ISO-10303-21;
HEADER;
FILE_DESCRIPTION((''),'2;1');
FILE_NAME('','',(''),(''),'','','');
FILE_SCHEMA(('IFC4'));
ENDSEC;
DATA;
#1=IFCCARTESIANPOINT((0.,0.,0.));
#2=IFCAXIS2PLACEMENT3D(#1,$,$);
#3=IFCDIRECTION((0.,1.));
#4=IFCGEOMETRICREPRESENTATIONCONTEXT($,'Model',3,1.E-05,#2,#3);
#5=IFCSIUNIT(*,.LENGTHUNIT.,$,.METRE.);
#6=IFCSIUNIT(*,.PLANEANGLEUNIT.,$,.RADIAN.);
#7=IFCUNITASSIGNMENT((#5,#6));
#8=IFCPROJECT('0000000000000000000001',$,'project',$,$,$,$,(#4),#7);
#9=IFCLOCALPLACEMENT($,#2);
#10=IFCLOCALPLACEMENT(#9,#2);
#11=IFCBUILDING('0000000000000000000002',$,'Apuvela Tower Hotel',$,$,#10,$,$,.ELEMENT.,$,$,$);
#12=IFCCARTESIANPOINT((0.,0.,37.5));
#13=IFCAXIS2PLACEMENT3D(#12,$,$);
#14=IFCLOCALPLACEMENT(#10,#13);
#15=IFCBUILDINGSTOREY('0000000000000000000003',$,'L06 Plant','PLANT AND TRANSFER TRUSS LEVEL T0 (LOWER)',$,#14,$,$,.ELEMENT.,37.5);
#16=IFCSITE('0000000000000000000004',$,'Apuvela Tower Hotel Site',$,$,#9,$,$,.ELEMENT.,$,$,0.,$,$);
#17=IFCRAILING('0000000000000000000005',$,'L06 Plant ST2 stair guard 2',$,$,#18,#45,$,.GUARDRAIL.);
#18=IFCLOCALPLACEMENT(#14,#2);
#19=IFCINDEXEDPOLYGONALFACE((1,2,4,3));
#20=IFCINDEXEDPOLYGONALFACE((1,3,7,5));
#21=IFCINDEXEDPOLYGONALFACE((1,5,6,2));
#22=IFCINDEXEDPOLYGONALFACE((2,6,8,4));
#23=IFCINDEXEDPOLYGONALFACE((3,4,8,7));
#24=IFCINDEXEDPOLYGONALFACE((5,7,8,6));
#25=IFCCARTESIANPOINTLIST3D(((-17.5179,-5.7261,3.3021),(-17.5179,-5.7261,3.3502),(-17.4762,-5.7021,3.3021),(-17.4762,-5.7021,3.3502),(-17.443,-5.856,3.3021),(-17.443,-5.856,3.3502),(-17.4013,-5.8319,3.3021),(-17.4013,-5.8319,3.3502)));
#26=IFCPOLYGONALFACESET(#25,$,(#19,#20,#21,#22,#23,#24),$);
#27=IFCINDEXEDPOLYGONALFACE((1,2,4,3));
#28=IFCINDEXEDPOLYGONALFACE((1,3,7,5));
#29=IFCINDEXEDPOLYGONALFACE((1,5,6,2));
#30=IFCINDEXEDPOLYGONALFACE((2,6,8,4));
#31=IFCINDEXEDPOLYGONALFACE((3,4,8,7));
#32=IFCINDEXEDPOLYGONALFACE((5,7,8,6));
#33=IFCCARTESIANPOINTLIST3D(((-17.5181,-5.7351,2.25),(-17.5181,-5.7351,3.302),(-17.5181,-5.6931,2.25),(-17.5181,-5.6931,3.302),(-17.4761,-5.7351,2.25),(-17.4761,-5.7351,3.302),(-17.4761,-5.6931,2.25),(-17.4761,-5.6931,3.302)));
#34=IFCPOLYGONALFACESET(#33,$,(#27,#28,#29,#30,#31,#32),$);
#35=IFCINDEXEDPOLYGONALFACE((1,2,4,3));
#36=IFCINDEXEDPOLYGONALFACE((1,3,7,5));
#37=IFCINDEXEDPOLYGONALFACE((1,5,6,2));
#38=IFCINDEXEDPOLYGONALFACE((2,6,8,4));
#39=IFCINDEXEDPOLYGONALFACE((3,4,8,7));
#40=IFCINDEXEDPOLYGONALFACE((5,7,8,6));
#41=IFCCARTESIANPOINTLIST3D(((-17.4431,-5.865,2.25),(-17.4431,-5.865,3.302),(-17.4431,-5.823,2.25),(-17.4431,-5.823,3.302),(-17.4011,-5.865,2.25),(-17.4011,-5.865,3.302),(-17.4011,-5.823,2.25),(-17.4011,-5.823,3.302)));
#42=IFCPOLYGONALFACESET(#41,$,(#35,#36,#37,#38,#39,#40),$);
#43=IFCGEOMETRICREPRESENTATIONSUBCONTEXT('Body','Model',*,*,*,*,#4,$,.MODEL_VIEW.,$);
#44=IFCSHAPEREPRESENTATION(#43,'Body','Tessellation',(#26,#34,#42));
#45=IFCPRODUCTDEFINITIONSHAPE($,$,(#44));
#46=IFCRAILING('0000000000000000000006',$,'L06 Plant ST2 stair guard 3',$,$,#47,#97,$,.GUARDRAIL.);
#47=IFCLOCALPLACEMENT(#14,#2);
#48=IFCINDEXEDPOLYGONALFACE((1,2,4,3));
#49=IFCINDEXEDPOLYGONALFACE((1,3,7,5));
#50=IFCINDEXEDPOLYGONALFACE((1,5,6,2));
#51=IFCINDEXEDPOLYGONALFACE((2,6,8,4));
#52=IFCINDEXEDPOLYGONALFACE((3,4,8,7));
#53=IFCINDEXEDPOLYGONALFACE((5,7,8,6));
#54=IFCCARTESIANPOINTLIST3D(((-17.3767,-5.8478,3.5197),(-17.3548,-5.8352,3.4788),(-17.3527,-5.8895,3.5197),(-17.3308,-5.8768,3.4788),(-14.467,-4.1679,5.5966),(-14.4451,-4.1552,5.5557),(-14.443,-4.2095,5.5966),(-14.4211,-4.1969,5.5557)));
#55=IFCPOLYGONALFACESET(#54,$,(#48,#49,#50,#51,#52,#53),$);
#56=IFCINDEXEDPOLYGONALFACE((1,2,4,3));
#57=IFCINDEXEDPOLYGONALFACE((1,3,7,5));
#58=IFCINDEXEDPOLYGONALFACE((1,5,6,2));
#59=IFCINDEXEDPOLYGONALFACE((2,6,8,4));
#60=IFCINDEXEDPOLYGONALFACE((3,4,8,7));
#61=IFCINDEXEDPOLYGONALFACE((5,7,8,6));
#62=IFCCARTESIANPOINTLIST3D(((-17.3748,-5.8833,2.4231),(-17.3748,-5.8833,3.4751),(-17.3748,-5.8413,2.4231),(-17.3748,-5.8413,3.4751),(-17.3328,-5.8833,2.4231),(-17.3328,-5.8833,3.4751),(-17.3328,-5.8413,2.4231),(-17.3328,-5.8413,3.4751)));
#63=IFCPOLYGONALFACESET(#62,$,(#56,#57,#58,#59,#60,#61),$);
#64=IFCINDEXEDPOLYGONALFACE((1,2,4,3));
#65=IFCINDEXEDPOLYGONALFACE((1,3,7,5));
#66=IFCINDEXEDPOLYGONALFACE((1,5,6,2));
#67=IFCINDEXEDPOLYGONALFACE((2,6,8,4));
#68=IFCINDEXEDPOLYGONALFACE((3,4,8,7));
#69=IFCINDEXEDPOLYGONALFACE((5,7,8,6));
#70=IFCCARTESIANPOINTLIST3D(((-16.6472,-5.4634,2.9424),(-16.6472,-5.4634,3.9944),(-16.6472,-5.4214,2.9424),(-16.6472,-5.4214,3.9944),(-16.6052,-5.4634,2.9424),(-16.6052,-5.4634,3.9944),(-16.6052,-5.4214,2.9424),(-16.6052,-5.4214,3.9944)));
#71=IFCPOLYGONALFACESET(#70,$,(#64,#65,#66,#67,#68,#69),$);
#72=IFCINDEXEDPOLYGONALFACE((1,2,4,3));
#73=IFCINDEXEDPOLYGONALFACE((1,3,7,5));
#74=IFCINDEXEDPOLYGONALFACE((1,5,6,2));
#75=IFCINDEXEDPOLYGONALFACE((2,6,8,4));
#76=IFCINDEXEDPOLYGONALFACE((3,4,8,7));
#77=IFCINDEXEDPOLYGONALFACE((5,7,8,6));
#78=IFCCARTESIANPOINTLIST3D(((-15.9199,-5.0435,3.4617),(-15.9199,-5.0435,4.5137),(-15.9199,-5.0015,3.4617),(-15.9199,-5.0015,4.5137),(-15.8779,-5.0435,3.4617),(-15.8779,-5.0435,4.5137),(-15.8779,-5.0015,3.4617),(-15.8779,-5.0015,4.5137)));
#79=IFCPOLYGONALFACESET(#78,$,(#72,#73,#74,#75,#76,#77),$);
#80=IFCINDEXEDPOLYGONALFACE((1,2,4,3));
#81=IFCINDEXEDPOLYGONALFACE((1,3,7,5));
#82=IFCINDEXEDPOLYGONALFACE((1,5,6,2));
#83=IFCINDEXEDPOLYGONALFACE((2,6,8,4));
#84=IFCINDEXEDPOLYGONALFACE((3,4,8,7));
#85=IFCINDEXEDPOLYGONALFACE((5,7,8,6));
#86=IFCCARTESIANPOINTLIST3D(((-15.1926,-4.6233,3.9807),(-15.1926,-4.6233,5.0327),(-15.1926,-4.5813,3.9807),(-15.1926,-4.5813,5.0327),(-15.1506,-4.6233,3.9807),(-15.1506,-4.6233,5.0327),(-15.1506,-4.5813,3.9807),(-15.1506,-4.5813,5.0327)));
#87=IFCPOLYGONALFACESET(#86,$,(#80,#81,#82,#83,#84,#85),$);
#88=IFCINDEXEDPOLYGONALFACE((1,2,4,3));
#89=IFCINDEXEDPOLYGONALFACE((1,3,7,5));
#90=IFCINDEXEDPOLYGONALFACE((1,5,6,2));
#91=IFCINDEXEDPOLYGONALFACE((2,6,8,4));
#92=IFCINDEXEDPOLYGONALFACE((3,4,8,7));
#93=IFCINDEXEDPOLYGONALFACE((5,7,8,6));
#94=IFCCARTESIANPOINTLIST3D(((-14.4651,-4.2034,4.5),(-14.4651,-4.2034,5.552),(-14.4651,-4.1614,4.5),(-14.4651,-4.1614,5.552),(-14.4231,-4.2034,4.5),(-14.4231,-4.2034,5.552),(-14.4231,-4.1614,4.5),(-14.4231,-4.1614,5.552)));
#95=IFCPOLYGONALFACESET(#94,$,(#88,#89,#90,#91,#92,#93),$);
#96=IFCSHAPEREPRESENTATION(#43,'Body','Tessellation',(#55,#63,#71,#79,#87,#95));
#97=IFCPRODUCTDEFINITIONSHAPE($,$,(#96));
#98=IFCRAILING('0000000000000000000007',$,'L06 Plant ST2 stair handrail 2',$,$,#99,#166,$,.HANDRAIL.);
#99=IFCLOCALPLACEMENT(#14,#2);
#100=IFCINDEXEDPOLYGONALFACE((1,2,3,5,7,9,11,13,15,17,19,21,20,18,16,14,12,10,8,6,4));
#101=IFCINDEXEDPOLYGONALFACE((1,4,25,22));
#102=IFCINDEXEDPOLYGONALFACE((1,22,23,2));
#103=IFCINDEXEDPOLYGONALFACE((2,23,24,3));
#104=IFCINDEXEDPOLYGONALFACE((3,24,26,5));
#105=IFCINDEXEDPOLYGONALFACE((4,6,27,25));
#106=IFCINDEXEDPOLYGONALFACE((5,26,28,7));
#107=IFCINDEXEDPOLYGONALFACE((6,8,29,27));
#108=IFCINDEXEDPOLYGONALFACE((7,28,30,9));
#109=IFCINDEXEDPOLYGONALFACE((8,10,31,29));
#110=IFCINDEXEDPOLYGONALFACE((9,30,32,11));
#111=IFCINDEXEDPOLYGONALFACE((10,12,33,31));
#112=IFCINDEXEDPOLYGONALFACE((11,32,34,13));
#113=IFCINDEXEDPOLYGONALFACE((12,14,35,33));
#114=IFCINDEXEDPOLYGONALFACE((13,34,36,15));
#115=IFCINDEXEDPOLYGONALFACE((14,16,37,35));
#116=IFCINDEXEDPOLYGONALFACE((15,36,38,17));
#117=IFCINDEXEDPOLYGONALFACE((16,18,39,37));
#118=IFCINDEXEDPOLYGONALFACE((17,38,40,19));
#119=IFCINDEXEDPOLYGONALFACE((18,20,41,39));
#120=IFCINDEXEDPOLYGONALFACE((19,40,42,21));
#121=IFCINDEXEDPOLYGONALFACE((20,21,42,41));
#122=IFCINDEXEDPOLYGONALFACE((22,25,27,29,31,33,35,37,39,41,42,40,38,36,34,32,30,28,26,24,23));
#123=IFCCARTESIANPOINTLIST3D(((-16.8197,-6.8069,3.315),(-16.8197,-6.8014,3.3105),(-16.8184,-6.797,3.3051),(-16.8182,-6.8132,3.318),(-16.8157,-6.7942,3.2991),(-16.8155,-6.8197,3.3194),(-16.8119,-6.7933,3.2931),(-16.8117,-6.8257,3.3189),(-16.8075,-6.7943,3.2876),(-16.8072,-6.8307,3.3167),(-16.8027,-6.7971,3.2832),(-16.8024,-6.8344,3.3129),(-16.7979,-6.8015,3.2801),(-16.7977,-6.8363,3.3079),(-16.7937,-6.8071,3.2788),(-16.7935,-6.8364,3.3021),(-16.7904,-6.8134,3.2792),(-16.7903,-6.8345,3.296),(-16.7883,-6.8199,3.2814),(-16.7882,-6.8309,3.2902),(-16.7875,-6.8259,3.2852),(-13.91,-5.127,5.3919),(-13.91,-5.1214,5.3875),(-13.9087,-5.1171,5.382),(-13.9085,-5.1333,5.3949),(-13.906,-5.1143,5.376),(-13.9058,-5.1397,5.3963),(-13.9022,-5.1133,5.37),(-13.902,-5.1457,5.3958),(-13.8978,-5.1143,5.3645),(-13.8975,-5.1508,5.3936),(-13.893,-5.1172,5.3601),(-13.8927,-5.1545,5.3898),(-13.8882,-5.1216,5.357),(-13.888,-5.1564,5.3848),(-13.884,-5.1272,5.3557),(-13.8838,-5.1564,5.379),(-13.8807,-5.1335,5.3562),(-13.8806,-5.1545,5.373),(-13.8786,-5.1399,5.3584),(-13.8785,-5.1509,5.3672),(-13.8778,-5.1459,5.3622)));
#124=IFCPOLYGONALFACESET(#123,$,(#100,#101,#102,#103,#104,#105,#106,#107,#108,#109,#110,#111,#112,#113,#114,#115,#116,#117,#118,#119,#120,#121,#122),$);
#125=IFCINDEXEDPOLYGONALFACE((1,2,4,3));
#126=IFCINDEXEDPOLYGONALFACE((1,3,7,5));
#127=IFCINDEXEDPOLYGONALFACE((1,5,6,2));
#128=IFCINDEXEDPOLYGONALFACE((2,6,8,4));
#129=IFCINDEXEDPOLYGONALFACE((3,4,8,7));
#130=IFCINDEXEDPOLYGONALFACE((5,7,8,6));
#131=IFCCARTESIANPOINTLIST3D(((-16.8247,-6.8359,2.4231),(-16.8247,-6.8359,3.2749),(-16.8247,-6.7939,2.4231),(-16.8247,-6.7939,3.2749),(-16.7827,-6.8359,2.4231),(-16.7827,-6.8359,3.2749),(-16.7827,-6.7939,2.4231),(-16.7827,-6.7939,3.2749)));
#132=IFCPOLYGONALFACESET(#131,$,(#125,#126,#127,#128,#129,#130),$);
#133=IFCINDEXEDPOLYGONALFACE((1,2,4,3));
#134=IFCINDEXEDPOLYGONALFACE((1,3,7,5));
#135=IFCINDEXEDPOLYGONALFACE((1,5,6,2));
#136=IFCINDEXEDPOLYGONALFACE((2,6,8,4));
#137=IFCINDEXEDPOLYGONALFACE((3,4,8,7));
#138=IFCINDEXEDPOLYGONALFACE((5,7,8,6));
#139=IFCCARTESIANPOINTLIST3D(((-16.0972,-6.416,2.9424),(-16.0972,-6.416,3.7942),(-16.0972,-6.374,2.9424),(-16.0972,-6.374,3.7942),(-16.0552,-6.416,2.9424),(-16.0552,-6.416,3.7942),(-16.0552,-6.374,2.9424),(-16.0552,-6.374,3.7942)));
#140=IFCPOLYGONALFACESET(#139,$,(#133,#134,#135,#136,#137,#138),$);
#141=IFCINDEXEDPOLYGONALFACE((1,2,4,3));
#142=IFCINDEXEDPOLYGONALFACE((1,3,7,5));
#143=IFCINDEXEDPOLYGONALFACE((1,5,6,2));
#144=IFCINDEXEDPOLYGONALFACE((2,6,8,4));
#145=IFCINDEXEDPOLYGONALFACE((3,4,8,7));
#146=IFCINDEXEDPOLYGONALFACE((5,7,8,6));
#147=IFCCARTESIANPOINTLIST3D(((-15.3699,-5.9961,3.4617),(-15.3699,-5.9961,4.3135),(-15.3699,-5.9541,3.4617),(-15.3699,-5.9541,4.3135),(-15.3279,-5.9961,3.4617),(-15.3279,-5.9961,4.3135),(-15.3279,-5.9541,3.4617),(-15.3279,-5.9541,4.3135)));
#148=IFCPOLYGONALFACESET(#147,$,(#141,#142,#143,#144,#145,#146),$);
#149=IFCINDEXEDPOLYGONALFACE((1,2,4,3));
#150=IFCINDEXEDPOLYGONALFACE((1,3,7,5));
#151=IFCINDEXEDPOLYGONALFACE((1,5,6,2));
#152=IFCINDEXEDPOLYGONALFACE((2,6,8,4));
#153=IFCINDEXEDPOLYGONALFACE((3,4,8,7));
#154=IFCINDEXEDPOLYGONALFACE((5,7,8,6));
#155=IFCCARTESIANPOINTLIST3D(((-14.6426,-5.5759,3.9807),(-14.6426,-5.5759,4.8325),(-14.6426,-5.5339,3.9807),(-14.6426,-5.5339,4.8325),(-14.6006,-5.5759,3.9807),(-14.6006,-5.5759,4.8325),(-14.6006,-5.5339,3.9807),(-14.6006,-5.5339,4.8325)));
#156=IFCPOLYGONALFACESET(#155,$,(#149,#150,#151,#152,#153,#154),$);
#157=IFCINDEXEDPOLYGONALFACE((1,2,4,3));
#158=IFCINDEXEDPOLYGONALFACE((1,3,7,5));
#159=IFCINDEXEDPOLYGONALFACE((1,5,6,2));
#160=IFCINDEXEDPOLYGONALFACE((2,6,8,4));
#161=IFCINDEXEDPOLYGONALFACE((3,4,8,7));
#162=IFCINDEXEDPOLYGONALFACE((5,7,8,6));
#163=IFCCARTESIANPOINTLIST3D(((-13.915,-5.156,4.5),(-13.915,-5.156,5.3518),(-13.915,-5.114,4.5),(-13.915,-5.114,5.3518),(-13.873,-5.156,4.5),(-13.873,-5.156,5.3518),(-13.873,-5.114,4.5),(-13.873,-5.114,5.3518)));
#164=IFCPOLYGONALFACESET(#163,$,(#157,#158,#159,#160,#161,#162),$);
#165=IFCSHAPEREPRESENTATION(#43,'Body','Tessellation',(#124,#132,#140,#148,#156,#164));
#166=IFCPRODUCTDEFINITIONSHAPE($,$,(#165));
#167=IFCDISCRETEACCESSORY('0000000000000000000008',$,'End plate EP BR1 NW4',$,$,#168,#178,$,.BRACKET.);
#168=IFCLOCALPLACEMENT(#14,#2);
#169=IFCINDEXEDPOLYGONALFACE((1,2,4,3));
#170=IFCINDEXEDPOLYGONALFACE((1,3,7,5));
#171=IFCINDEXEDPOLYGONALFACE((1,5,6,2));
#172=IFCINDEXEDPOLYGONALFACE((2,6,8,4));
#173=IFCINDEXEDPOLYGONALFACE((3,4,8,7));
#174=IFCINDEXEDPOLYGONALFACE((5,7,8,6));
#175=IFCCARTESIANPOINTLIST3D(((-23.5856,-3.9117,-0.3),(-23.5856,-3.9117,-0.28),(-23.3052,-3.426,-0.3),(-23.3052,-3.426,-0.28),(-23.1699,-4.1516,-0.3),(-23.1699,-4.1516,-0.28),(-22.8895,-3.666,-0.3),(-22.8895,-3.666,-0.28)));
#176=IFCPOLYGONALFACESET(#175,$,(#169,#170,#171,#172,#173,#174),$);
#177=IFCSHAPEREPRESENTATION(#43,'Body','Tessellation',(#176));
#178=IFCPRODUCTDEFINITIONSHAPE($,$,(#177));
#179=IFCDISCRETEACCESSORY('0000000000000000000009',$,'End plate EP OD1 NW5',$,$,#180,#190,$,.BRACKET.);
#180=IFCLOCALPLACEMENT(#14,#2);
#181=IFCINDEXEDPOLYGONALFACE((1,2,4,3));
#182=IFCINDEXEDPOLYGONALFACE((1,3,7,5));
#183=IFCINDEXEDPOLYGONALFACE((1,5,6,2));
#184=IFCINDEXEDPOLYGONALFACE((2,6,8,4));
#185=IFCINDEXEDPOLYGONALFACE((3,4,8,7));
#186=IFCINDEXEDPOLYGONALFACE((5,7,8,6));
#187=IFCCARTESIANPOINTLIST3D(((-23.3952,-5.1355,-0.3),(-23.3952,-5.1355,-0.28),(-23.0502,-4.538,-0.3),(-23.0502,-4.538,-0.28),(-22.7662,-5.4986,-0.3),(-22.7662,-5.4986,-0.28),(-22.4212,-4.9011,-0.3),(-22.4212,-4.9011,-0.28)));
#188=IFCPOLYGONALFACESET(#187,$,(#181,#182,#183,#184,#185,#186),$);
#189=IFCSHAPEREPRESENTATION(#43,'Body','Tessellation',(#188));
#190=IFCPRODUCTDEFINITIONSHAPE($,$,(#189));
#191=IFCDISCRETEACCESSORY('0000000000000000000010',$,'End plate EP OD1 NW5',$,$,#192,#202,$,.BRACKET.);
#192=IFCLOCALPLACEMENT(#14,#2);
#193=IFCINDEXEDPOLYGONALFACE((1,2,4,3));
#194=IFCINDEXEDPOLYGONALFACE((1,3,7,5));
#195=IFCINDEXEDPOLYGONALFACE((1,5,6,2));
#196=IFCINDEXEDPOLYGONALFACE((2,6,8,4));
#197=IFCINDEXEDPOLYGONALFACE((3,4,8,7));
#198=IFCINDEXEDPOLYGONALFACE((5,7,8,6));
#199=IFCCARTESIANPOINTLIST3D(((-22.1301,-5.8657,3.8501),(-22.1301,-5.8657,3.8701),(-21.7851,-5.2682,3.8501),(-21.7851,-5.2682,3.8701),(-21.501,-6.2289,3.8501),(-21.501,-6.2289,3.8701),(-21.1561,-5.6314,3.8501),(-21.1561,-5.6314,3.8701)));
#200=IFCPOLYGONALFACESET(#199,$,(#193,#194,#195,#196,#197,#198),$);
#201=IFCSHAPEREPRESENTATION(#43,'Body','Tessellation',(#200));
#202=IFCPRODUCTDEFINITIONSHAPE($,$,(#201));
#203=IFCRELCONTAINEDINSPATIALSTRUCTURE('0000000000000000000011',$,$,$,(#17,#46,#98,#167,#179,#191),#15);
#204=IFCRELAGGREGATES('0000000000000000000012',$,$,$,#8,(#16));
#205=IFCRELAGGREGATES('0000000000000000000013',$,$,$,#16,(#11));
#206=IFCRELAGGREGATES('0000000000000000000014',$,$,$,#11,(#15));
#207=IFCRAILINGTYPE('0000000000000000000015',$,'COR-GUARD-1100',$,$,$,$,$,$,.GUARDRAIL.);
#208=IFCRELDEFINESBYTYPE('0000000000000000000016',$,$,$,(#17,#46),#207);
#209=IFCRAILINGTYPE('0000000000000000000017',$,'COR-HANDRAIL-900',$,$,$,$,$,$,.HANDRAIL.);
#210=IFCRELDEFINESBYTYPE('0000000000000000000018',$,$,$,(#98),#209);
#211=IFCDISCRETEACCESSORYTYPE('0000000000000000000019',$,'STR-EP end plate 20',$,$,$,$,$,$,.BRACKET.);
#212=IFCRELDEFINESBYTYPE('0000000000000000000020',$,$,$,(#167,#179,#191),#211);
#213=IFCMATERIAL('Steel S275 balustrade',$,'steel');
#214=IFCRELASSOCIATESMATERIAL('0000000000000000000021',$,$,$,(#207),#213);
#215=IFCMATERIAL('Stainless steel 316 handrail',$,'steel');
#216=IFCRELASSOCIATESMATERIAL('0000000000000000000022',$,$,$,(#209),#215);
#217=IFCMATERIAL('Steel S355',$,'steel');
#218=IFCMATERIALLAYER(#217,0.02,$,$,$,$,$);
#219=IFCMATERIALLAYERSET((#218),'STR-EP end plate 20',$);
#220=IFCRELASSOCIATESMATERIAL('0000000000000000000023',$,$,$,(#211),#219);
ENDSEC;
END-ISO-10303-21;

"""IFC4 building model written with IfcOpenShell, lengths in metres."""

from ifc_helpers import new_model, si_unit, direction, frame, origin, origin_2d, place, context, subcontext, project, spatial, rectangle, circle, extrude, material, layer, layer_set, type_object, element, save


model = new_model("IFC4")

# Units and contexts
model_context = context("Model", 3, precision=1e-05, world=origin(), true_north=direction((0.0, 1.0)))
body_context = subcontext(model_context, "Body", "Model", "MODEL_VIEW")
ifc_project = project(units=[si_unit("LENGTHUNIT", "METRE"), si_unit("PLANEANGLEUNIT", "RADIAN")], contexts=[model_context])

# Site, building, storey
site_placement = place(None, origin())
site = spatial("IfcSite", under=ifc_project, at=site_placement, Name="Apuvela Tower Hotel Site", CompositionType="ELEMENT", RefElevation=0.0)
building_placement = place(site_placement, origin())
building = spatial("IfcBuilding", under=site, at=building_placement, Name="Apuvela Tower Hotel", CompositionType="ELEMENT")
storey_placement = place(building_placement, frame((0.0, 0.0, 37.5)))
storey = spatial("IfcBuildingStorey", under=building, at=storey_placement, Name="L06 Plant", Description="PLANT AND TRANSFER TRUSS LEVEL T0 (LOWER)", CompositionType="ELEMENT", Elevation=37.5)

# Shared definitions
ifc_material_1 = material(Name="Steel S355", Category="steel")

# Railings
ifc_material_2 = material(Name="Steel S275 balustrade", Category="steel")
railing_type_1 = type_object("IfcRailingType", Name="COR-GUARD-1100", PredefinedType="GUARDRAIL", material=ifc_material_2)
railing_1_placement = place(storey_placement, frame((-17.4971, -5.7141, 2.25)))
element("IfcRailing", 1, at=railing_1_placement, inside=storey, type_object=railing_type_1, Name="L06 Plant ST2 stair guard 2", PredefinedType="GUARDRAIL", context=body_context, shape_type="SweptSolid", body=[
    extrude(rectangle(XDim=0.0481, YDim=0.0481, at=origin_2d()), frame((0.0, 0.0, 1.0762), z_axis=(0.499816, -0.866131, 0.0), x_axis=(0.866131, 0.499816, 0.0)), (0.0, 0.0, 1.0), 0.1499),
    extrude(rectangle(XDim=0.042, YDim=0.042, at=origin_2d()), origin(), (0.0, 0.0, 1.0), 1.052),
    extrude(rectangle(XDim=0.042, YDim=0.042, at=origin_2d()), frame((0.075, -0.1299, 0.0)), (0.0, 0.0, 1.0), 1.052),
])
railing_2_placement = place(storey_placement, frame((-17.3538, -5.8623, 2.4231)))
element("IfcRailing", 2, at=railing_2_placement, inside=storey, type_object=railing_type_1, Name="L06 Plant ST2 stair guard 3", PredefinedType="GUARDRAIL", context=body_context, shape_type="SweptSolid", body=[
    extrude(rectangle(XDim=0.0481, YDim=0.0481, at=origin_2d()), frame((0.0, 0.0, 1.0762), z_axis=(0.73664, 0.425308, 0.525809), x_axis=(-0.500008, 0.866021, 0.0)), (0.0, 0.0, 1.0), 3.95),
    extrude(rectangle(XDim=0.042, YDim=0.042, at=origin_2d()), origin(), (0.0, 0.0, 1.0), 1.052),
    extrude(rectangle(XDim=0.042, YDim=0.042, at=origin_2d()), frame((0.7275, 0.4199, 0.5193)), (0.0, 0.0, 1.0), 1.052),
    extrude(rectangle(XDim=0.042, YDim=0.042, at=origin_2d()), frame((1.4548, 0.8398, 1.0386)), (0.0, 0.0, 1.0), 1.052),
    extrude(rectangle(XDim=0.042, YDim=0.042, at=origin_2d()), frame((2.1821, 1.26, 1.5576)), (0.0, 0.0, 1.0), 1.052),
    extrude(rectangle(XDim=0.042, YDim=0.042, at=origin_2d()), frame((2.9097, 1.6799, 2.0769)), (0.0, 0.0, 1.0), 1.052),
])
ifc_material_3 = material(Name="Stainless steel 316 handrail", Category="steel")
railing_type_2 = type_object("IfcRailingType", Name="COR-HANDRAIL-900", PredefinedType="HANDRAIL", material=ifc_material_3)
railing_3_placement = place(storey_placement, frame((-16.8037, -6.8149, 2.4231)))
element("IfcRailing", 3, at=railing_3_placement, inside=storey, type_object=railing_type_2, Name="L06 Plant ST2 stair handrail 2", PredefinedType="HANDRAIL", context=body_context, shape_type="SweptSolid", body=[
    extrude(circle(Radius=0.0239, at=origin_2d()), frame((0.0, 0.0, 0.876), z_axis=(0.73664, 0.425308, 0.525809), x_axis=(-0.500008, 0.866021, 0.0)), (0.0, 0.0, 1.0), 3.95),
    extrude(rectangle(XDim=0.042, YDim=0.042, at=origin_2d()), origin(), (0.0, 0.0, 1.0), 0.8518),
    extrude(rectangle(XDim=0.042, YDim=0.042, at=origin_2d()), frame((0.7275, 0.4199, 0.5193)), (0.0, 0.0, 1.0), 0.8518),
    extrude(rectangle(XDim=0.042, YDim=0.042, at=origin_2d()), frame((1.4548, 0.8398, 1.0386)), (0.0, 0.0, 1.0), 0.8518),
    extrude(rectangle(XDim=0.042, YDim=0.042, at=origin_2d()), frame((2.1821, 1.26, 1.5576)), (0.0, 0.0, 1.0), 0.8518),
    extrude(rectangle(XDim=0.042, YDim=0.042, at=origin_2d()), frame((2.9097, 1.6799, 2.0769)), (0.0, 0.0, 1.0), 0.8518),
])

# Discrete accessories
ifc_layer_1 = layer(ifc_material_1, 0.02)
ifc_layer_set_1 = layer_set([ifc_layer_1], Name="STR-EP end plate 20")
discrete_accessory_type = type_object("IfcDiscreteAccessoryType", Name="STR-EP end plate 20", PredefinedType="BRACKET", material=ifc_layer_set_1)
discrete_accessory_placement = place(storey_placement, frame((-23.2375, -3.7888, -0.3), z_axis=(0.0, 0.0, 1.0), x_axis=(0.5, 0.866025, 0.0)))
element("IfcDiscreteAccessory", 4, at=discrete_accessory_placement, inside=storey, type_object=discrete_accessory_type, Name="End plate EP BR1 NW4", PredefinedType="BRACKET", context=body_context, shape_type="SweptSolid", body=[
    extrude(rectangle(XDim=0.5608, YDim=0.48, at=origin_2d()), origin(), (0.0, 0.0, 1.0), 0.02),
])
for number, where, z_axis, x_axis, name in (
    (5, (-22.9082, -5.0183, -0.3), (0.0, 0.0, 1.0), (0.866025, -0.5, 0.0), "End plate EP OD1 NW5"),
    (6, (-21.6431, -5.7485, 3.8501), (0.0, 0.0, 1.0), (0.866025, -0.5, 0.0), "End plate EP OD1 NW5"),
):
    element("IfcDiscreteAccessory", number, at=place(storey_placement, frame(where, z_axis=z_axis, x_axis=x_axis)), inside=storey, type_object=discrete_accessory_type, Name=name, PredefinedType="BRACKET", context=body_context, shape_type="SweptSolid", body=[
        extrude(rectangle(XDim=0.7263, YDim=0.6899, at=origin_2d()), origin(), (0.0, 0.0, 1.0), 0.02),
    ])

save(model, "model.ifc")
